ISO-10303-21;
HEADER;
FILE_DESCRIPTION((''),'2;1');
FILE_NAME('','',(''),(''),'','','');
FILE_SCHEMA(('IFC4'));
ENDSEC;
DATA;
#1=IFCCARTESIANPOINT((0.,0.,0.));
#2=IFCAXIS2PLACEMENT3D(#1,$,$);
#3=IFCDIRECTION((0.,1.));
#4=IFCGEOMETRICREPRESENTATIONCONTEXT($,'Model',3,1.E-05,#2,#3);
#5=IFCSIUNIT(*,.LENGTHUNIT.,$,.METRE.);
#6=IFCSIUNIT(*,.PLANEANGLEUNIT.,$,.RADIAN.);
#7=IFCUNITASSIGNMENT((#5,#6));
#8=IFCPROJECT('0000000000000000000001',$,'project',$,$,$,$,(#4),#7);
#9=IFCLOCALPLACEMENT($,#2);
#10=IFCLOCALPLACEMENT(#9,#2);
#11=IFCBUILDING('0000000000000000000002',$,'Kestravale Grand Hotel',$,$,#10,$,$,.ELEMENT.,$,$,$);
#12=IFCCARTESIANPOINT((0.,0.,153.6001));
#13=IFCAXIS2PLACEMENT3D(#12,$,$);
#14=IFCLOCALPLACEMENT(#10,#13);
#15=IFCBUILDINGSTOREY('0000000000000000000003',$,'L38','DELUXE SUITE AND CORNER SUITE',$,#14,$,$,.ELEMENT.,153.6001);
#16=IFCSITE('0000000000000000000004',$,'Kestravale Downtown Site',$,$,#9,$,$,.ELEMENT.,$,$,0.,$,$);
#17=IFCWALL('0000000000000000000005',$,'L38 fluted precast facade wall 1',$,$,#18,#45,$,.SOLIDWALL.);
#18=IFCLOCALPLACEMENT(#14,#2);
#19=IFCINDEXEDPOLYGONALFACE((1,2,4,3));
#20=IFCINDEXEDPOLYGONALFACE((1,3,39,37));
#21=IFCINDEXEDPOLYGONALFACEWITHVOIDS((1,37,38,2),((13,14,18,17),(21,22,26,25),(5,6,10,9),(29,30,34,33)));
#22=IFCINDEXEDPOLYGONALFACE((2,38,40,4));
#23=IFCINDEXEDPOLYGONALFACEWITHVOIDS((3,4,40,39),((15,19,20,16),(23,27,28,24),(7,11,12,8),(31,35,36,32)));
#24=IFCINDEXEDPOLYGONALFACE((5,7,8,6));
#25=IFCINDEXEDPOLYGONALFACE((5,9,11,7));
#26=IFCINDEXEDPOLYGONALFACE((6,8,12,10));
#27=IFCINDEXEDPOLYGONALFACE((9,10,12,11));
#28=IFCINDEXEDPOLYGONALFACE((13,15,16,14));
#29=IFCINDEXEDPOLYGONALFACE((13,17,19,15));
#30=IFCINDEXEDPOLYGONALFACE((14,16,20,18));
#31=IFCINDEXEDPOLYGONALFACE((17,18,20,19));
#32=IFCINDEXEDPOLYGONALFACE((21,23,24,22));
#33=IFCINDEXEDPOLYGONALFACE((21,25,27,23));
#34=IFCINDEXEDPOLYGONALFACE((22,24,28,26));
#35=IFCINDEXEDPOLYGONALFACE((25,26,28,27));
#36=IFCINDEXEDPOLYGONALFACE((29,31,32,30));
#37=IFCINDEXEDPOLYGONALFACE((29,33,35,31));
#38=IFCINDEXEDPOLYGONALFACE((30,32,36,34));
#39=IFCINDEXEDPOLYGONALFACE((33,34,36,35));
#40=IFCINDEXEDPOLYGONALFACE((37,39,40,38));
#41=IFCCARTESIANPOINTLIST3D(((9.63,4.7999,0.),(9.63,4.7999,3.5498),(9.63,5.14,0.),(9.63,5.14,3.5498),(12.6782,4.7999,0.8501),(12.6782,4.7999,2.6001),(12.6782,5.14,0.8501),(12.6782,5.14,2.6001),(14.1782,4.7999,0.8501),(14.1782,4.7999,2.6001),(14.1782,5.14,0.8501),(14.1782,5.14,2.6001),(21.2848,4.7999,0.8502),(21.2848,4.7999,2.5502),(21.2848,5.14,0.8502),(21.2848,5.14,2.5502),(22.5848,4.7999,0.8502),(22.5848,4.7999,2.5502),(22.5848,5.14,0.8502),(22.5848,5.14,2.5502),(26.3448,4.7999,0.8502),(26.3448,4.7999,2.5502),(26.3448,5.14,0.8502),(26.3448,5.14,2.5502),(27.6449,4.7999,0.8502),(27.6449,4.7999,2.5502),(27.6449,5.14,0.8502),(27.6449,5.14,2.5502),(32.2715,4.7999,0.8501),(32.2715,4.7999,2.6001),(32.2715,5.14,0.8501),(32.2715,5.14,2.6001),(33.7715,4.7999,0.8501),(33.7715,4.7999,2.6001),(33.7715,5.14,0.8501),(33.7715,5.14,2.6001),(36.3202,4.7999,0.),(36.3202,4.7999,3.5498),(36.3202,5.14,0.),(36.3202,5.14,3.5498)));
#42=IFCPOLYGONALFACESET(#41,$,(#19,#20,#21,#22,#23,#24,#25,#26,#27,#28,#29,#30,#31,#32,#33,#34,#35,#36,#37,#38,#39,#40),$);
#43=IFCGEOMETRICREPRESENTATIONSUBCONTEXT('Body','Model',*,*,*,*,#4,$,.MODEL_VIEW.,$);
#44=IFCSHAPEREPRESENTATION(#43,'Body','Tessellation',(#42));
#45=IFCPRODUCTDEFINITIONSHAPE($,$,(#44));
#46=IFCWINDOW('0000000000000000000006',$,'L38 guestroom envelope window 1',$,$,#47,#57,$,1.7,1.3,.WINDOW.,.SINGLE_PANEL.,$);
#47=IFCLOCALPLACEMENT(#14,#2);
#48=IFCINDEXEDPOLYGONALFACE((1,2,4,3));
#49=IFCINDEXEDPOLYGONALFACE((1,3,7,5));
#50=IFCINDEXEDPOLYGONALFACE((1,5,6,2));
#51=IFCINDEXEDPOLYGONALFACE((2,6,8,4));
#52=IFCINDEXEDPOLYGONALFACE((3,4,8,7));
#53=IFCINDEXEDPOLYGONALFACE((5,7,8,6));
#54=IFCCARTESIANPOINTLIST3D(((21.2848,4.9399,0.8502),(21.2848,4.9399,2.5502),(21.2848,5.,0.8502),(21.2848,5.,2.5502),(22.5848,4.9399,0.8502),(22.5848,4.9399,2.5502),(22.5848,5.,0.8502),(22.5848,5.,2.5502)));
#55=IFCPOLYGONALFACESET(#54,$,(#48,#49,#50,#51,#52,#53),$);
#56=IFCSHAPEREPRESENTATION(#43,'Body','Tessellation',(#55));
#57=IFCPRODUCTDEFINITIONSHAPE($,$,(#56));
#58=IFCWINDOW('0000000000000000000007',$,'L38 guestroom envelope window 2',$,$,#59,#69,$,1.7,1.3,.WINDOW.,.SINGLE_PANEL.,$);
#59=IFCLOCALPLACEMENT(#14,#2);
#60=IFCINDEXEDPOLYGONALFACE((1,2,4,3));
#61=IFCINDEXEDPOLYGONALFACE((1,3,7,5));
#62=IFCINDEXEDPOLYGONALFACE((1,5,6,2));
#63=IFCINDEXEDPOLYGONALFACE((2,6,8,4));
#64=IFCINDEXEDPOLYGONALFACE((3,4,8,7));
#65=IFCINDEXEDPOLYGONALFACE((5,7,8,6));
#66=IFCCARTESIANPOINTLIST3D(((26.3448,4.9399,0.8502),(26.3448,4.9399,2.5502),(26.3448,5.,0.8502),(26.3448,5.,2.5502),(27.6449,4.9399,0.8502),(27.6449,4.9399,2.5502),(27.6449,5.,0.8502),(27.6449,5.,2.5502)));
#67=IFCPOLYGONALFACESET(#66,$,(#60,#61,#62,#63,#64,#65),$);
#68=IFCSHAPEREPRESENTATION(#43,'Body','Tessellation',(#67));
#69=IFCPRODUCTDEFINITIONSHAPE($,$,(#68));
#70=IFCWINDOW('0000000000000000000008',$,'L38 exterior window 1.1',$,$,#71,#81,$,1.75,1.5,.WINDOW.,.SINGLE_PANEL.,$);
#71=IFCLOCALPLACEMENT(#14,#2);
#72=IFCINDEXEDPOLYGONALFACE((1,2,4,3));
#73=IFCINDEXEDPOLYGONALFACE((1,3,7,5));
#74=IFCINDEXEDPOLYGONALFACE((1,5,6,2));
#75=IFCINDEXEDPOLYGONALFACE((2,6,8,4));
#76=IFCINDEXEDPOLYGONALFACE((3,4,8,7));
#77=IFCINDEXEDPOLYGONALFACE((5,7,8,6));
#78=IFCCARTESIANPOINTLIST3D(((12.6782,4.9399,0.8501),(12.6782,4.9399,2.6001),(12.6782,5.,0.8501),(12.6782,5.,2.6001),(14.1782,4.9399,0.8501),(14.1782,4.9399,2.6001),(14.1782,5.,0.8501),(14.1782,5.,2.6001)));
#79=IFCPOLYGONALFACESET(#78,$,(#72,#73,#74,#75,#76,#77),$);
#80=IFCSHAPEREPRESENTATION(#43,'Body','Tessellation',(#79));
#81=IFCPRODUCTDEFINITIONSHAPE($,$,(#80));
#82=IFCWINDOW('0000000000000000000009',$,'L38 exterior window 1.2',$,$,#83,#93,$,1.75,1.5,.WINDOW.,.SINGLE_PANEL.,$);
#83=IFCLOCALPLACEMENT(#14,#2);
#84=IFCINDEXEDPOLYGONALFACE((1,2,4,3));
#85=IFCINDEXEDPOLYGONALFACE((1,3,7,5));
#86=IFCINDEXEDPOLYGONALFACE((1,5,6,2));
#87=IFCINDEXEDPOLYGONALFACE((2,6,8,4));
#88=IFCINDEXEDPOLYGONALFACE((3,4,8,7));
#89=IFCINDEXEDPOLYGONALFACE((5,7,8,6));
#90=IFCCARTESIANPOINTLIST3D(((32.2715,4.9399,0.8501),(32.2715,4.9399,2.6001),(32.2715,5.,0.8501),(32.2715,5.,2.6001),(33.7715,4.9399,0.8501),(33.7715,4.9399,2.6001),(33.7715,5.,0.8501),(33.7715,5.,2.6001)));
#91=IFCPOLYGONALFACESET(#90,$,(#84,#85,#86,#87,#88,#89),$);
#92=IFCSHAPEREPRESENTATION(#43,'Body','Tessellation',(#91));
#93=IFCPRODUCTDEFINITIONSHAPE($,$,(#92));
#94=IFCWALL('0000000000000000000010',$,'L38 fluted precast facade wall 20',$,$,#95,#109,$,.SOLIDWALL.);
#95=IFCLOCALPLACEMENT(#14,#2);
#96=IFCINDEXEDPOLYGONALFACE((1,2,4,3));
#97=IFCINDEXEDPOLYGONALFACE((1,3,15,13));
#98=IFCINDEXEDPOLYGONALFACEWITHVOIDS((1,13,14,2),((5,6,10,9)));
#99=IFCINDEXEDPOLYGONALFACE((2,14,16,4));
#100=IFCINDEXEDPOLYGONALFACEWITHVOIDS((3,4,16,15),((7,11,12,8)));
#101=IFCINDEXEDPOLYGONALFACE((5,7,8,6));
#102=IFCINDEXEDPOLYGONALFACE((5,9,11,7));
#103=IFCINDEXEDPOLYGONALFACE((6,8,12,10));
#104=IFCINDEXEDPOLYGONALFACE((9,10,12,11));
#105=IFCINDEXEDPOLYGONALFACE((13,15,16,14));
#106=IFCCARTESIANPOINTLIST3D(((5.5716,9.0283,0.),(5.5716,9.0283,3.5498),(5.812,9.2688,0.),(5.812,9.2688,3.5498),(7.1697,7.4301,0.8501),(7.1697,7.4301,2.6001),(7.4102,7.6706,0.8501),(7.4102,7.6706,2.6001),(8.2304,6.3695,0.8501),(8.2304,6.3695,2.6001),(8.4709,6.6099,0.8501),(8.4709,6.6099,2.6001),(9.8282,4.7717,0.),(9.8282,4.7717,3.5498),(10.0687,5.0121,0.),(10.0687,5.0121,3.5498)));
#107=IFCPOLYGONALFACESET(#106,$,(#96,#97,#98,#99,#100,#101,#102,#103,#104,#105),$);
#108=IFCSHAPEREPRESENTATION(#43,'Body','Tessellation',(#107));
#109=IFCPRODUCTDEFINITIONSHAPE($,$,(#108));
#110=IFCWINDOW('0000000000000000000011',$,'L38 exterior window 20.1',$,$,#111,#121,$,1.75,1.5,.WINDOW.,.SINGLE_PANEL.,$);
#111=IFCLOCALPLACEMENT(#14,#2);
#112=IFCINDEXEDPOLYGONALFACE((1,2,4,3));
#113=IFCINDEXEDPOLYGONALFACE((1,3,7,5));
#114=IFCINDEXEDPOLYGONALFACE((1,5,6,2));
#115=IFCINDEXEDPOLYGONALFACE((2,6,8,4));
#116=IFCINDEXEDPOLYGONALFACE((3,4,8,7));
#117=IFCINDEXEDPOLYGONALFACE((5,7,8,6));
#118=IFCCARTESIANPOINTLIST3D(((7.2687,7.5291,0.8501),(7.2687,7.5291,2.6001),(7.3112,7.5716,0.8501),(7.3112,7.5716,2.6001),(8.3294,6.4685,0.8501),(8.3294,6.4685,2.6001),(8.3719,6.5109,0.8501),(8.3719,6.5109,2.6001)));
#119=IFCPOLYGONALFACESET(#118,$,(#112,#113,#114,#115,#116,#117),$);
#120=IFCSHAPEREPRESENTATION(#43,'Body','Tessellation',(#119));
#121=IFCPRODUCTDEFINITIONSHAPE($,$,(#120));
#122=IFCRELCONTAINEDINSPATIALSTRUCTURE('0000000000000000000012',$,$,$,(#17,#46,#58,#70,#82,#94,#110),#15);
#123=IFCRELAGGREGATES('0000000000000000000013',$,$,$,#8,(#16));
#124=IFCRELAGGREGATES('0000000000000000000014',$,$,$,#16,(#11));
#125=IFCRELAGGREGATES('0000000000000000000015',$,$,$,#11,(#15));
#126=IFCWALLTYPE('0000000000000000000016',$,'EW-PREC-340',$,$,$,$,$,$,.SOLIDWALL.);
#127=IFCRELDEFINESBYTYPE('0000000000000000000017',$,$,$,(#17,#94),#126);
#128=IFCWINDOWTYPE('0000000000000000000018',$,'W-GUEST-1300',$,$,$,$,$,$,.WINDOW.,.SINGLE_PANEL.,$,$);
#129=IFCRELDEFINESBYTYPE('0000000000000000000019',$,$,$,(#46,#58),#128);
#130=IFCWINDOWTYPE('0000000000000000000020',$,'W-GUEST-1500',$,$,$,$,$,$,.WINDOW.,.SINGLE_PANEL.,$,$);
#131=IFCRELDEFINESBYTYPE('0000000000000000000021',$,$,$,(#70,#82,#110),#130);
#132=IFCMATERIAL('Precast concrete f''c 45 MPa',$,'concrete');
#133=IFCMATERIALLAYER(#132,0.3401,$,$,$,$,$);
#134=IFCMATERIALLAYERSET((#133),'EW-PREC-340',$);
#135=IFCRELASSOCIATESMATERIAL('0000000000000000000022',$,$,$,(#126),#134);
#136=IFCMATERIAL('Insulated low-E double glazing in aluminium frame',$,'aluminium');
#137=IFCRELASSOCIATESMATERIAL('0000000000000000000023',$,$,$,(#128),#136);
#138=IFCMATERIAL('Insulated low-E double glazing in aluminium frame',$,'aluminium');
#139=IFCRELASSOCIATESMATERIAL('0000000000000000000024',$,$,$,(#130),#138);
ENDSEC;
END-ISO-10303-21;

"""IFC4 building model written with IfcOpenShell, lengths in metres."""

from ifc_helpers import new_model, si_unit, direction, frame, frame_2d, origin, place, context, subcontext, project, spatial, rectangle, extrude, material, layer, layer_set, type_object, element, fill, save


model = new_model("IFC4")

# Units and contexts
model_context = context("Model", 3, precision=1e-05, world=origin(), true_north=direction((0.0, 1.0)))
body_context = subcontext(model_context, "Body", "Model", "MODEL_VIEW")
ifc_project = project(units=[si_unit("LENGTHUNIT", "METRE"), si_unit("PLANEANGLEUNIT", "RADIAN")], contexts=[model_context])

# Site, building, storey
site_placement = place(None, origin())
site = spatial("IfcSite", under=ifc_project, at=site_placement, Name="Kestravale Downtown Site", CompositionType="ELEMENT", RefElevation=0.0)
building_placement = place(site_placement, origin())
building = spatial("IfcBuilding", under=site, at=building_placement, Name="Kestravale Grand Hotel", CompositionType="ELEMENT")
storey_placement = place(building_placement, frame((0.0, 0.0, 153.6001)))
storey = spatial("IfcBuildingStorey", under=building, at=storey_placement, Name="L38", Description="DELUXE SUITE AND CORNER SUITE", CompositionType="ELEMENT", Elevation=153.6001)

# Wall, openings, windows
ifc_material_1 = material(Name="Precast concrete f'c 45 MPa", Category="concrete")
ifc_layer_1 = layer(ifc_material_1, 0.3401)
ifc_layer_set_1 = layer_set([ifc_layer_1], Name="EW-PREC-340")
wall_type_1 = type_object("IfcWallType", Name="EW-PREC-340", PredefinedType="SOLIDWALL", material=ifc_layer_set_1)
wall_1_placement = place(storey_placement, frame((9.6299, 4.97, 0.0), z_axis=(0.0, 0.0, 1.0), x_axis=(1.0, 0.0, 0.0)))
wall_1 = element("IfcWall", 1, at=wall_1_placement, inside=storey, type_object=wall_type_1, Name="L38 fluted precast facade wall 1", PredefinedType="SOLIDWALL", context=body_context, shape_type="SweptSolid", body=[
    extrude(rectangle(XDim=26.6902, YDim=0.3401, at=frame_2d((13.3452, 0.0))), origin(), (0.0, 0.0, 1.0), 3.5498),
])
opening_1_placement = place(wall_1_placement, frame((3.0483, 0.0, 0.8501)))
opening_1 = element("IfcOpeningElement", 2, at=opening_1_placement, cuts=wall_1, PredefinedType="OPENING", context=body_context, shape_type="SweptSolid", body=[
    extrude(rectangle(XDim=1.5, YDim=1.75, at=frame_2d((0.75, 0.875))), frame((0.0, 0.1799, 0.0), z_axis=(0.0, -1.0, 0.0), x_axis=(1.0, 0.0, 0.0)), (0.0, 0.0, 1.0), 0.3601),
])
opening_2_placement = place(wall_1_placement, frame((22.6416, 0.0, 0.8501)))
opening_2 = element("IfcOpeningElement", 3, at=opening_2_placement, cuts=wall_1, PredefinedType="OPENING", context=body_context, shape_type="SweptSolid", body=[
    extrude(rectangle(XDim=1.5, YDim=1.75, at=frame_2d((0.75, 0.875))), frame((0.0, 0.1799, 0.0), z_axis=(0.0, -1.0, 0.0), x_axis=(1.0, 0.0, 0.0)), (0.0, 0.0, 1.0), 0.3601),
])
opening_3_placement = place(wall_1_placement, frame((11.655, 0.0, 0.8501)))
opening_3 = element("IfcOpeningElement", 4, at=opening_3_placement, cuts=wall_1, PredefinedType="OPENING", context=body_context, shape_type="SweptSolid", body=[
    extrude(rectangle(XDim=1.3, YDim=1.7, at=frame_2d((0.6499, 0.8501))), frame((0.0, 0.1799, 0.0), z_axis=(0.0, -1.0, 0.0), x_axis=(1.0, 0.0, 0.0)), (0.0, 0.0, 1.0), 0.3601),
])
opening_4_placement = place(wall_1_placement, frame((16.7151, 0.0, 0.8501)))
opening_4 = element("IfcOpeningElement", 5, at=opening_4_placement, cuts=wall_1, PredefinedType="OPENING", context=body_context, shape_type="SweptSolid", body=[
    extrude(rectangle(XDim=1.3, YDim=1.7, at=frame_2d((0.6499, 0.8501))), frame((0.0, 0.1799, 0.0), z_axis=(0.0, -1.0, 0.0), x_axis=(1.0, 0.0, 0.0)), (0.0, 0.0, 1.0), 0.3601),
])
ifc_material_2 = material(Name="Insulated low-E double glazing in aluminium frame", Category="aluminium")
window_type_1 = type_object("IfcWindowType", Name="W-GUEST-1300", PartitioningType="SINGLE_PANEL", PredefinedType="WINDOW", material=ifc_material_2)
window_1_placement = place(opening_3_placement, origin())
window_1 = element("IfcWindow", 6, at=window_1_placement, inside=storey, type_object=window_type_1, Name="L38 guestroom envelope window 1", OverallHeight=1.7, OverallWidth=1.3, PartitioningType="SINGLE_PANEL", PredefinedType="WINDOW", context=body_context, shape_type="SweptSolid", body=[
    extrude(rectangle(XDim=1.3, YDim=1.7, at=frame_2d((0.6499, 0.8501))), frame((0.0, 0.03, 0.0), z_axis=(0.0, -1.0, 0.0), x_axis=(1.0, 0.0, 0.0)), (0.0, 0.0, 1.0), 0.0601),
])
fill(opening_3, window_1)
window_2_placement = place(opening_4_placement, origin())
window_2 = element("IfcWindow", 7, at=window_2_placement, inside=storey, type_object=window_type_1, Name="L38 guestroom envelope window 2", OverallHeight=1.7, OverallWidth=1.3, PartitioningType="SINGLE_PANEL", PredefinedType="WINDOW", context=body_context, shape_type="SweptSolid", body=[
    extrude(rectangle(XDim=1.3, YDim=1.7, at=frame_2d((0.6499, 0.8501))), frame((0.0, 0.03, 0.0), z_axis=(0.0, -1.0, 0.0), x_axis=(1.0, 0.0, 0.0)), (0.0, 0.0, 1.0), 0.0601),
])
fill(opening_4, window_2)
ifc_material_3 = material(Name="Insulated low-E double glazing in aluminium frame", Category="aluminium")
window_type_2 = type_object("IfcWindowType", Name="W-GUEST-1500", PartitioningType="SINGLE_PANEL", PredefinedType="WINDOW", material=ifc_material_3)
window_3_placement = place(opening_1_placement, origin())
window_3 = element("IfcWindow", 8, at=window_3_placement, inside=storey, type_object=window_type_2, Name="L38 exterior window 1.1", OverallHeight=1.75, OverallWidth=1.5, PartitioningType="SINGLE_PANEL", PredefinedType="WINDOW", context=body_context, shape_type="SweptSolid", body=[
    extrude(rectangle(XDim=1.5, YDim=1.75, at=frame_2d((0.75, 0.875))), frame((0.0, 0.03, 0.0), z_axis=(0.0, -1.0, 0.0), x_axis=(1.0, 0.0, 0.0)), (0.0, 0.0, 1.0), 0.0601),
])
fill(opening_1, window_3)
window_4_placement = place(opening_2_placement, origin())
window_4 = element("IfcWindow", 9, at=window_4_placement, inside=storey, type_object=window_type_2, Name="L38 exterior window 1.2", OverallHeight=1.75, OverallWidth=1.5, PartitioningType="SINGLE_PANEL", PredefinedType="WINDOW", context=body_context, shape_type="SweptSolid", body=[
    extrude(rectangle(XDim=1.5, YDim=1.75, at=frame_2d((0.75, 0.875))), frame((0.0, 0.03, 0.0), z_axis=(0.0, -1.0, 0.0), x_axis=(1.0, 0.0, 0.0)), (0.0, 0.0, 1.0), 0.0601),
])
fill(opening_2, window_4)

# Wall, opening, window
wall_2_placement = place(storey_placement, frame((5.6919, 9.1484, 0.0), z_axis=(0.0, 0.0, 1.0), x_axis=(0.707107, -0.707107, 0.0)))
wall_2 = element("IfcWall", 10, at=wall_2_placement, inside=storey, type_object=wall_type_1, Name="L38 fluted precast facade wall 20", PredefinedType="SOLIDWALL", context=body_context, shape_type="SweptSolid", body=[
    extrude(rectangle(XDim=6.0198, YDim=0.3401, at=frame_2d((3.0098, 0.0))), origin(), (0.0, 0.0, 1.0), 3.5498),
])
opening_5_placement = place(wall_2_placement, frame((2.26, 0.0, 0.8501)))
opening_5 = element("IfcOpeningElement", 11, at=opening_5_placement, cuts=wall_2, PredefinedType="OPENING", context=body_context, shape_type="SweptSolid", body=[
    extrude(rectangle(XDim=1.5, YDim=1.75, at=frame_2d((0.75, 0.875))), frame((0.0, 0.1799, 0.0), z_axis=(0.0, -1.0, 0.0), x_axis=(1.0, 0.0, 0.0)), (0.0, 0.0, 1.0), 0.3601),
])
window_5_placement = place(opening_5_placement, origin())
window_5 = element("IfcWindow", 12, at=window_5_placement, inside=storey, type_object=window_type_2, Name="L38 exterior window 20.1", OverallHeight=1.75, OverallWidth=1.5, PartitioningType="SINGLE_PANEL", PredefinedType="WINDOW", context=body_context, shape_type="SweptSolid", body=[
    extrude(rectangle(XDim=1.5, YDim=1.75, at=frame_2d((0.75, 0.875))), frame((0.0, 0.03, 0.0), z_axis=(0.0, -1.0, 0.0), x_axis=(1.0, 0.0, 0.0)), (0.0, 0.0, 1.0), 0.0601),
])
fill(opening_5, window_5)

save(model, "model.ifc")
